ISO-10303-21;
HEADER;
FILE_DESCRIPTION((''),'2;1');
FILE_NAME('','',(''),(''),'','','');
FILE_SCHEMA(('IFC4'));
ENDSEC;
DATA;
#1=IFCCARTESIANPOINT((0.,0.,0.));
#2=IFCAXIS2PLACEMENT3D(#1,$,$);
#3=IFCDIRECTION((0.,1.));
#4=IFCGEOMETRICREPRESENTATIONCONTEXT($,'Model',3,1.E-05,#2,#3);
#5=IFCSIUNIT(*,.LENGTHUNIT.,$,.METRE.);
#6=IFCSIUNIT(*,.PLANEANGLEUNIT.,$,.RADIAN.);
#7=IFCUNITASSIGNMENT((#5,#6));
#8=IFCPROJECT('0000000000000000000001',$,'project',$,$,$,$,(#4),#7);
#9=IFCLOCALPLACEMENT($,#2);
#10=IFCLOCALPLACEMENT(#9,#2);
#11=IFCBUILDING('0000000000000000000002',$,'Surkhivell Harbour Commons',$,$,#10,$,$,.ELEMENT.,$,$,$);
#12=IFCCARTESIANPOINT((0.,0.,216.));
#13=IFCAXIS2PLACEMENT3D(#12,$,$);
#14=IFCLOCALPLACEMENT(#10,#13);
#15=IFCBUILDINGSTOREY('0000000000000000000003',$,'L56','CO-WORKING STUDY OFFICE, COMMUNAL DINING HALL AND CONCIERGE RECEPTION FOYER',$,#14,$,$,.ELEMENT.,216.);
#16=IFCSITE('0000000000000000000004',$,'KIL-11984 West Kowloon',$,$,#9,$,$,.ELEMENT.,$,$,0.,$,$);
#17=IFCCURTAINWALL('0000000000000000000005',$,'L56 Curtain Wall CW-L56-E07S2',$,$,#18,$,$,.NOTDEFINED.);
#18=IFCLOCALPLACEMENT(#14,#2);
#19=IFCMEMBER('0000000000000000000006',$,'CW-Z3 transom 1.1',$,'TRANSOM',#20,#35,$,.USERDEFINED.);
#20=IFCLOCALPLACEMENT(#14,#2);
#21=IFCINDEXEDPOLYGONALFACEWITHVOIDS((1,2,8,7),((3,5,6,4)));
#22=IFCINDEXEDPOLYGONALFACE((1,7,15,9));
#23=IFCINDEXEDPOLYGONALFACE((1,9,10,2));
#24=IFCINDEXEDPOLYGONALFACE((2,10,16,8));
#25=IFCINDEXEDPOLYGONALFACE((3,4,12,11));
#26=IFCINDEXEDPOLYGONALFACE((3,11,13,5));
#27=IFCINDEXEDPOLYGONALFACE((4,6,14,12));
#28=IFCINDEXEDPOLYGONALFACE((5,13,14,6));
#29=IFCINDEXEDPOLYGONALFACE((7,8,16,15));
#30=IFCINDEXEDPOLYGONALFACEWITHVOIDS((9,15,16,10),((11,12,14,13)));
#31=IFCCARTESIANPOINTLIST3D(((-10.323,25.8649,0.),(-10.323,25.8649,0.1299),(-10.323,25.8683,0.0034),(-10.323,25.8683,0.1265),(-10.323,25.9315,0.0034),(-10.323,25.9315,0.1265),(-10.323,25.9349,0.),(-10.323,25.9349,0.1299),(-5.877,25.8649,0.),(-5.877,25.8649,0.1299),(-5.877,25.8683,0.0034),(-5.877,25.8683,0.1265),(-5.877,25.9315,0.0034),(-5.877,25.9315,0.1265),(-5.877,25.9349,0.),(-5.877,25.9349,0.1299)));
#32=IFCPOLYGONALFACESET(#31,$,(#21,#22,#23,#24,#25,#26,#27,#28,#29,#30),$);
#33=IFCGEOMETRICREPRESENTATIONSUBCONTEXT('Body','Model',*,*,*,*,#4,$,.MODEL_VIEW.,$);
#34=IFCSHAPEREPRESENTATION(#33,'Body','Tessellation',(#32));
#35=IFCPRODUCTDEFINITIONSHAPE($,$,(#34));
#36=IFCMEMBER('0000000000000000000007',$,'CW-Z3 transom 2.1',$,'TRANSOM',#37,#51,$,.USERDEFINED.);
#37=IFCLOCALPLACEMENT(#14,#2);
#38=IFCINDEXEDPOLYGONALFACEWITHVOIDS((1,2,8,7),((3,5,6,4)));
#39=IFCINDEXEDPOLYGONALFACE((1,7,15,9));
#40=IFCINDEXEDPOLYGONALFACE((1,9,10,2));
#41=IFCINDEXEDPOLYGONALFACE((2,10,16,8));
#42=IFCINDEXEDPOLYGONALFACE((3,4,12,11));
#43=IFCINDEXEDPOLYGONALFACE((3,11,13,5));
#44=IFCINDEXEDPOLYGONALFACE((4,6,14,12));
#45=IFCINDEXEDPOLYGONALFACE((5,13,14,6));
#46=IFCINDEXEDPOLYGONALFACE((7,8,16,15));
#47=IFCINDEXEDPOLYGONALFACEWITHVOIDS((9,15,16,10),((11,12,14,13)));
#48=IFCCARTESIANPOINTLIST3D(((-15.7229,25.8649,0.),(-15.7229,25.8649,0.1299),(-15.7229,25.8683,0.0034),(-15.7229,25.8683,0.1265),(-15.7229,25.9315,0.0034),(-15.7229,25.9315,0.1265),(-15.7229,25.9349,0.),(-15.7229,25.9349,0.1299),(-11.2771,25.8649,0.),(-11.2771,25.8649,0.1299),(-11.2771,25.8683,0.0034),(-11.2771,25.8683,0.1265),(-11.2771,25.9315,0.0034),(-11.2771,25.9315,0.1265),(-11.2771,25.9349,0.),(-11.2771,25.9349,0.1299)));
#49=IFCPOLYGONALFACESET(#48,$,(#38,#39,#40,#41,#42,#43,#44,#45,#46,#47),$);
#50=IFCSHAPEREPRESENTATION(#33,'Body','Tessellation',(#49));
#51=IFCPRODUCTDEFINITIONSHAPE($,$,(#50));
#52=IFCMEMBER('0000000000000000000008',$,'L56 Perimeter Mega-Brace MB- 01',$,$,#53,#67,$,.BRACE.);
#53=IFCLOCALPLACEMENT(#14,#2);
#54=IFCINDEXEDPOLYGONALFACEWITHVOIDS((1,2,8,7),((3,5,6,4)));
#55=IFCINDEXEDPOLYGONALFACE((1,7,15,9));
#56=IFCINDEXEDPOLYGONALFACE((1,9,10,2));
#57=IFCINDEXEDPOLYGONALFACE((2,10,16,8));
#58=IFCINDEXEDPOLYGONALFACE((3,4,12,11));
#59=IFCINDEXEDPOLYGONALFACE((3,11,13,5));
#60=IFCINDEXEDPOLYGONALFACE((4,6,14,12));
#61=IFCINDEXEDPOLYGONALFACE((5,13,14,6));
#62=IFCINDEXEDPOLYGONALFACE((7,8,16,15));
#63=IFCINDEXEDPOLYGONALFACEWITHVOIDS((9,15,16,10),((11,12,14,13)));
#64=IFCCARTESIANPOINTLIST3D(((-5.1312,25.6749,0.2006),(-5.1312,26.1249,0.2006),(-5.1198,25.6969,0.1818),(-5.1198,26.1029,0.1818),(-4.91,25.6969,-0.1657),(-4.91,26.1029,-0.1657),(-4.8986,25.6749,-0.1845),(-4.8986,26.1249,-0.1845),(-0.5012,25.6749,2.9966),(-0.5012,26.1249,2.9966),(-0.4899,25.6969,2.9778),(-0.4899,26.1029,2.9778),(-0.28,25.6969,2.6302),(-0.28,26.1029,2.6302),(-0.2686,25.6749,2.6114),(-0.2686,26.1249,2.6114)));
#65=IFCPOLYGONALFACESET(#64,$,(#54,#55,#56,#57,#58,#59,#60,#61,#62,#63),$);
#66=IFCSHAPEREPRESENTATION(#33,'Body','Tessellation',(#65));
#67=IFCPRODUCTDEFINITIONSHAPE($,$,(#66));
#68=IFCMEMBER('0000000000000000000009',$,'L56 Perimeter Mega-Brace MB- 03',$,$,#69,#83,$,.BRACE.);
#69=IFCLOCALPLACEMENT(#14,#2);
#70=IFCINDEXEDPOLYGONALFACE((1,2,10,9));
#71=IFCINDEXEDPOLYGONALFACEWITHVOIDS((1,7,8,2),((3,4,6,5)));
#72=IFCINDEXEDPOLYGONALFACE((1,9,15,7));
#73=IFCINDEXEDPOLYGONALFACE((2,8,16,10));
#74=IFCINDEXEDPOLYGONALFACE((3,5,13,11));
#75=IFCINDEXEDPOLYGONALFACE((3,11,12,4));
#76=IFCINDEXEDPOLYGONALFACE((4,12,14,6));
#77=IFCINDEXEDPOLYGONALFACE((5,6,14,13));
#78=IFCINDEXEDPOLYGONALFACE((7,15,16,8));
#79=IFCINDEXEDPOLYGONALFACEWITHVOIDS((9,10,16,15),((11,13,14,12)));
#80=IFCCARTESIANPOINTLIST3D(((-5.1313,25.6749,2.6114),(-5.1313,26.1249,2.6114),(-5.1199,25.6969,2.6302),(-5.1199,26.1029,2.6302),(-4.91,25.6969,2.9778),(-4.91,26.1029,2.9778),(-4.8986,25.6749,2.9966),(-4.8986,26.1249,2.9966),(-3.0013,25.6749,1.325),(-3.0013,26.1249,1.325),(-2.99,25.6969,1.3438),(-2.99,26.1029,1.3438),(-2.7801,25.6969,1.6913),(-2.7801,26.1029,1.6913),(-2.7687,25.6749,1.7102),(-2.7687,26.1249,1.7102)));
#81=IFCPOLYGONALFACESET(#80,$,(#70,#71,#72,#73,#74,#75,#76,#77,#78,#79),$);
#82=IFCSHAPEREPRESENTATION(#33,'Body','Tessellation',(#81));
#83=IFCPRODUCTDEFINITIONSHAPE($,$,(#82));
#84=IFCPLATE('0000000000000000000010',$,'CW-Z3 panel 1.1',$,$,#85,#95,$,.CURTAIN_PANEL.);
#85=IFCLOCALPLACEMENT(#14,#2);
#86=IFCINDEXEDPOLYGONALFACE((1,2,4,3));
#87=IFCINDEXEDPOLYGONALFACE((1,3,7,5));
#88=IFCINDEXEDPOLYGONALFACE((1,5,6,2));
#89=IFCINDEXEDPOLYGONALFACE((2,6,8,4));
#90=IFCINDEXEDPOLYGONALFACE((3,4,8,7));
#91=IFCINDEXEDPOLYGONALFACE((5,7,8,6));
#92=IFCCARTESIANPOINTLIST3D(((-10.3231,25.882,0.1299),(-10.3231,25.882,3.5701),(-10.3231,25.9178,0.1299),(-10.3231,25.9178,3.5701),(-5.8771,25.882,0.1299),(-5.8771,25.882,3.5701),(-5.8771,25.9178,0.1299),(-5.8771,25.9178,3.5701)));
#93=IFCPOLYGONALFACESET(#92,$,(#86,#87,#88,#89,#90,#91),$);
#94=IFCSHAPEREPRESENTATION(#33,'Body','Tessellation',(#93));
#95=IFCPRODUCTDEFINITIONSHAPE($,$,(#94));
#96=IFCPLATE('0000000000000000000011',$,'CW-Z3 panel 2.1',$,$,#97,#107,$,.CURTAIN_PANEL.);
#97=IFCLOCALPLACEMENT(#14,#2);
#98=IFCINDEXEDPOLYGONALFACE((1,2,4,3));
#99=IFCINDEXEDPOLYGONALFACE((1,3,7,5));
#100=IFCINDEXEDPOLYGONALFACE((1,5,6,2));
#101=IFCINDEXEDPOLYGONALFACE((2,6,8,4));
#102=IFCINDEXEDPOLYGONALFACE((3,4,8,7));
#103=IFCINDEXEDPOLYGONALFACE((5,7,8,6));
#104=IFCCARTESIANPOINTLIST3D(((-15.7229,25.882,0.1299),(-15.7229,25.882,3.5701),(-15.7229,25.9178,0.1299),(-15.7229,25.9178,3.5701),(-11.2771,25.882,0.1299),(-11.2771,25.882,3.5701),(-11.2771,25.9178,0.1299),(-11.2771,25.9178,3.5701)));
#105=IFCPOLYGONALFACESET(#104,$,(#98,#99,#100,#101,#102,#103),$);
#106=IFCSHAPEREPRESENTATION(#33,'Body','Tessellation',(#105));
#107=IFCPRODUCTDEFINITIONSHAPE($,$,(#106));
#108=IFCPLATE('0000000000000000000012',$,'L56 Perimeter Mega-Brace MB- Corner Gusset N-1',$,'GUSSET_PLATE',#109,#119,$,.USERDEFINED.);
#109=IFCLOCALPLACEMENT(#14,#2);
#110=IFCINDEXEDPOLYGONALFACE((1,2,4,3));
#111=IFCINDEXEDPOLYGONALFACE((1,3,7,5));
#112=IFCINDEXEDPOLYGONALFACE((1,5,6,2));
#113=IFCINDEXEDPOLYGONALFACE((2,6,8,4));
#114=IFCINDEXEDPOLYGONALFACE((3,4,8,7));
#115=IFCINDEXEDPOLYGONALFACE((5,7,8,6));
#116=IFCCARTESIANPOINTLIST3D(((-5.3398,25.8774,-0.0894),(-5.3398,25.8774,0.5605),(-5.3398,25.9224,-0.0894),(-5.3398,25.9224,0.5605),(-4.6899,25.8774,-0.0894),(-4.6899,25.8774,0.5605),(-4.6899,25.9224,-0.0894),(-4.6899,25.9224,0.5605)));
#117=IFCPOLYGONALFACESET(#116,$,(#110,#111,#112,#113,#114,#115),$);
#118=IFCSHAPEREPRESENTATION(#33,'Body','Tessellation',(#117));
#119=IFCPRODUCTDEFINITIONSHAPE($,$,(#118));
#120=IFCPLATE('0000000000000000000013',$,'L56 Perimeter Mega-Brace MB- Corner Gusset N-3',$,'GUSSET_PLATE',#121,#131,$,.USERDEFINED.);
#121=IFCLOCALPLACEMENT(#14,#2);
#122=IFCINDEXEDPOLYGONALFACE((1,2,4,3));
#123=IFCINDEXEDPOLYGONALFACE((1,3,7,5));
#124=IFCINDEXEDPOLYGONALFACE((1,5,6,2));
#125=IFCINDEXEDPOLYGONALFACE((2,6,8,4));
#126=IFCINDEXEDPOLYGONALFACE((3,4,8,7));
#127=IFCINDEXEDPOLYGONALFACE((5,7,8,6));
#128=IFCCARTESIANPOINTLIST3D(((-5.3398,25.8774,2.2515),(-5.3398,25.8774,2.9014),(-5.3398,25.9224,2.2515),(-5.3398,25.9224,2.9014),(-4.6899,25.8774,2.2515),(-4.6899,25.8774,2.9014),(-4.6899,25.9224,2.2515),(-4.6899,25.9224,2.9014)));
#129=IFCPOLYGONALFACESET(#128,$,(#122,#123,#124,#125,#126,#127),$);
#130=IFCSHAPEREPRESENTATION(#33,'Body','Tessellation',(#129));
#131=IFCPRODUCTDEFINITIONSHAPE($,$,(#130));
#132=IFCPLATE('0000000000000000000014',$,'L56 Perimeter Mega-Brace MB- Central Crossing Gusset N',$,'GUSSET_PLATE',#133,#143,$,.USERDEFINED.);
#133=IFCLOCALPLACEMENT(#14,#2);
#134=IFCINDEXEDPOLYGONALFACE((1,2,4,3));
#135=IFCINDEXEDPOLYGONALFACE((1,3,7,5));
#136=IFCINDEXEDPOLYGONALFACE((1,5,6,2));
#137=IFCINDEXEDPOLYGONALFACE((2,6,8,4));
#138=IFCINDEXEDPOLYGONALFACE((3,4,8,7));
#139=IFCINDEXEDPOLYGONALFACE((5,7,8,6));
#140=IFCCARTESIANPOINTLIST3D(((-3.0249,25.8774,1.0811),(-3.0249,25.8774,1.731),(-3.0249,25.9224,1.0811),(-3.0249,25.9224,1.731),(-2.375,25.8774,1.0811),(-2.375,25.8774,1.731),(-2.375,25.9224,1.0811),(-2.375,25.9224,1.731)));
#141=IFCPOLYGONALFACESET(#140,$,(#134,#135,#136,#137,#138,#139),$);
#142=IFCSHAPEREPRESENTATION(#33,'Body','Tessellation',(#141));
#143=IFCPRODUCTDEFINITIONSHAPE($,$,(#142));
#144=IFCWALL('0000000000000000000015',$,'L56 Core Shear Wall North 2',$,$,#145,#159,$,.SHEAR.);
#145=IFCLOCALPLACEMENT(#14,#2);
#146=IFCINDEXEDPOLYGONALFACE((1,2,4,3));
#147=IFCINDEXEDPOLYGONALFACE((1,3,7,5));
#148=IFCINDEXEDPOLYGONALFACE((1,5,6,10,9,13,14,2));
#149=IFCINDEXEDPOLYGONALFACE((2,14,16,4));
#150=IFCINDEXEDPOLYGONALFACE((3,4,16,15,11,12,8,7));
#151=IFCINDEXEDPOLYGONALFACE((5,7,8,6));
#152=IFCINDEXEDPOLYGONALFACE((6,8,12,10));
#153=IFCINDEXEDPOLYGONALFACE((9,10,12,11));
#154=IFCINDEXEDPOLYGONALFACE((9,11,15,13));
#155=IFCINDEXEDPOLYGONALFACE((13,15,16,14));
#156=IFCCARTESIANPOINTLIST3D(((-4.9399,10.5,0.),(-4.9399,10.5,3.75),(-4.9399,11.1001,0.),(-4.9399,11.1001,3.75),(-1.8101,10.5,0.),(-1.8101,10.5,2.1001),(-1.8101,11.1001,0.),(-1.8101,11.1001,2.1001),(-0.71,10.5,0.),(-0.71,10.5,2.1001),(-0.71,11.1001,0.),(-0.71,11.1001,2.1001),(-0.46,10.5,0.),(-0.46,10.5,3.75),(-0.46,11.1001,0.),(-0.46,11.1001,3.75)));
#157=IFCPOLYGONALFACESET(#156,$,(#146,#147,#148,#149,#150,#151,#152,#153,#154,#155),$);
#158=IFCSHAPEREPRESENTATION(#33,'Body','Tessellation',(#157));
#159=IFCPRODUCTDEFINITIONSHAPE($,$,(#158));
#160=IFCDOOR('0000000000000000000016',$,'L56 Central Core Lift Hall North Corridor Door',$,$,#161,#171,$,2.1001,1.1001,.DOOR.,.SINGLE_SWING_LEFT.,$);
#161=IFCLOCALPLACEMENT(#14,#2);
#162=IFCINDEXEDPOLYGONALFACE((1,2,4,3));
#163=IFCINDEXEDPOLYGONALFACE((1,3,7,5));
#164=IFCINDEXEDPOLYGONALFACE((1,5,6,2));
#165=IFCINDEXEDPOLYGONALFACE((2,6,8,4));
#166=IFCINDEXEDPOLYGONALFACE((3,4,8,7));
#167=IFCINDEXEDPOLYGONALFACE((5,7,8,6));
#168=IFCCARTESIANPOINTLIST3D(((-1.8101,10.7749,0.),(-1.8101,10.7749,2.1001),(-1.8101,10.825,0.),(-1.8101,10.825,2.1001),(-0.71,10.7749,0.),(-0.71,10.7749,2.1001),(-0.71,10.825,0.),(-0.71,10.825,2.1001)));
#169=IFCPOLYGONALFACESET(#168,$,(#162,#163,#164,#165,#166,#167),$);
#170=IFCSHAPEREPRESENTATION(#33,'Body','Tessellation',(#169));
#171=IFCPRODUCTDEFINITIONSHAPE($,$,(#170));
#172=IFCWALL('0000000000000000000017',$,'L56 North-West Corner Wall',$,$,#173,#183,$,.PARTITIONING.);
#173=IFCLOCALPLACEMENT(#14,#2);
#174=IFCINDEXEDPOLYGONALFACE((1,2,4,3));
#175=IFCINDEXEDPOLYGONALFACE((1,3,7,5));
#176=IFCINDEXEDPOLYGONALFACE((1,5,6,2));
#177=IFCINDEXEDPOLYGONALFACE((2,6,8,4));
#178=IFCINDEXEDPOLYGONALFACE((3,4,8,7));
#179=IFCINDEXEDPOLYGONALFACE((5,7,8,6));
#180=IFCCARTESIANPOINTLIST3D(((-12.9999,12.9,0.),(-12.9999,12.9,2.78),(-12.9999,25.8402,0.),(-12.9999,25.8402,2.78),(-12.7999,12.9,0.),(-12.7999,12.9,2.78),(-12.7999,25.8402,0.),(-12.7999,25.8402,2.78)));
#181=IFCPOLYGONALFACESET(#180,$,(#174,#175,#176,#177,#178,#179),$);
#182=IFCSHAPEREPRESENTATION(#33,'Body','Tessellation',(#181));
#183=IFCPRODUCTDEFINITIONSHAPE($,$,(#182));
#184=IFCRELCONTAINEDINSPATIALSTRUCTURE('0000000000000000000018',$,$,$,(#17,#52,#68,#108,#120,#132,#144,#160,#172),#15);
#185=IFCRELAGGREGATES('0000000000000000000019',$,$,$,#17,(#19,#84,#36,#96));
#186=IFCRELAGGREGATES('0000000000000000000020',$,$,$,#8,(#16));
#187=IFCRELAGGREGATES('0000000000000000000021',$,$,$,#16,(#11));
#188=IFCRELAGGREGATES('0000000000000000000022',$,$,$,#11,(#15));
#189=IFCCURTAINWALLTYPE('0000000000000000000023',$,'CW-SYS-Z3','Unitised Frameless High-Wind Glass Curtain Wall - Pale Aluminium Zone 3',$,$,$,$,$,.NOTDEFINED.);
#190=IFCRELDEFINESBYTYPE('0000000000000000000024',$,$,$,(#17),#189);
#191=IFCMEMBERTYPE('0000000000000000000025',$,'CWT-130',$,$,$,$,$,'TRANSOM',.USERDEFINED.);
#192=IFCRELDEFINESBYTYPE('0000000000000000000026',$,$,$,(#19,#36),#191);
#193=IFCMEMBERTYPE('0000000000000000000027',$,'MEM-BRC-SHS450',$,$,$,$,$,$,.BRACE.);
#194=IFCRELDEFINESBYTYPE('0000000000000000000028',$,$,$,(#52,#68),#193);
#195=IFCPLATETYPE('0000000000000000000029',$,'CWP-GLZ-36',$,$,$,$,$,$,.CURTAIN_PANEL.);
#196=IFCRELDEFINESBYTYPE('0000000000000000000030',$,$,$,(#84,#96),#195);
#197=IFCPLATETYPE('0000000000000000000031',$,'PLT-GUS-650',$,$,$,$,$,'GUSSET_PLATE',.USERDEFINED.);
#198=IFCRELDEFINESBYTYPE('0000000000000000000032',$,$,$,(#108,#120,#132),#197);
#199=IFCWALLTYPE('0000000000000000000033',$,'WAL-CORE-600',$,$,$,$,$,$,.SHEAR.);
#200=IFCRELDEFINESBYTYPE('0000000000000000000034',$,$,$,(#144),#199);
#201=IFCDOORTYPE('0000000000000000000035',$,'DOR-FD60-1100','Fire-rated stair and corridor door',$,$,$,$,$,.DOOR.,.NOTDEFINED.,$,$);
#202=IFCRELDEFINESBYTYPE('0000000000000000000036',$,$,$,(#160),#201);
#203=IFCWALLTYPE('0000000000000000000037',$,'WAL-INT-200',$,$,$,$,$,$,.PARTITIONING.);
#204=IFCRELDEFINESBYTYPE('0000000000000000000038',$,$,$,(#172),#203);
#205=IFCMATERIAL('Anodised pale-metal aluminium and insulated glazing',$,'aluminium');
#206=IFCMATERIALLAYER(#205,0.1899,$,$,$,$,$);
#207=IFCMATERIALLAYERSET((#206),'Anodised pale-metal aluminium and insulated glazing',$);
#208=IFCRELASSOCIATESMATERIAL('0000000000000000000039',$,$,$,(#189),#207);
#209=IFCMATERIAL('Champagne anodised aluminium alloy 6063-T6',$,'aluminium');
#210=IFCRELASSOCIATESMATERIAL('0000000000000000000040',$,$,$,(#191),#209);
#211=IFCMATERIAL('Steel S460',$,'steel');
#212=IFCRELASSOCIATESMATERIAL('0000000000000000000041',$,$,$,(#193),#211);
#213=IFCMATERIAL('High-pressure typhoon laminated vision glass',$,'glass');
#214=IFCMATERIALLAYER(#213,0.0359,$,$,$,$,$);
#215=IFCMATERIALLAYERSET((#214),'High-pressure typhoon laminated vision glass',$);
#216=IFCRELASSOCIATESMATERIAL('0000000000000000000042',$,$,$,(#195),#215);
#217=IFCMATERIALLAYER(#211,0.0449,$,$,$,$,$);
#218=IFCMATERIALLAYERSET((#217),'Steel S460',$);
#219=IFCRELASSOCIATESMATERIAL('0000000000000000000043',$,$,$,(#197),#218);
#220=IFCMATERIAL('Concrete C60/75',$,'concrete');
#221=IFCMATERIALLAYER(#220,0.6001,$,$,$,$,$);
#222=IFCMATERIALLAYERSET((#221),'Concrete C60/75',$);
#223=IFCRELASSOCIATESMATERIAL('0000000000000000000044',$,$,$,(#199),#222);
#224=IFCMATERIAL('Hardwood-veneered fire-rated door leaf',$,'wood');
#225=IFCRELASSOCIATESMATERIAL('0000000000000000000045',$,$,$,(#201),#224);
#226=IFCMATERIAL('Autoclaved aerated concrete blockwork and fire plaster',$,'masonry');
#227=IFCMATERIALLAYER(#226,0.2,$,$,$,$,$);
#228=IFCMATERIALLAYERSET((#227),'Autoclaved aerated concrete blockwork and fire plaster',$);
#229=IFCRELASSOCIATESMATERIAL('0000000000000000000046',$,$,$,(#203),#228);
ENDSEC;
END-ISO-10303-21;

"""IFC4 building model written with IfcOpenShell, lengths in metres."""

from ifc_helpers import new_model, si_unit, direction, frame, frame_2d, origin, origin_2d, place, context, subcontext, project, spatial, rectangle, hollow_rectangle, extrude, material, layer, layer_set, material_profile, profile_set, type_object, element, fill, aggregate, save


model = new_model("IFC4")

# Units and contexts
model_context = context("Model", 3, precision=1e-05, world=origin(), true_north=direction((0.0, 1.0)))
body_context = subcontext(model_context, "Body", "Model", "MODEL_VIEW")
ifc_project = project(units=[si_unit("LENGTHUNIT", "METRE"), si_unit("PLANEANGLEUNIT", "RADIAN")], contexts=[model_context])

# Site, building, storey
site_placement = place(None, origin())
site = spatial("IfcSite", under=ifc_project, at=site_placement, Name="KIL-11984 West Kowloon", CompositionType="ELEMENT", RefElevation=0.0)
building_placement = place(site_placement, origin())
building = spatial("IfcBuilding", under=site, at=building_placement, Name="Surkhivell Harbour Commons", CompositionType="ELEMENT")
storey_placement = place(building_placement, frame((0.0, 0.0, 216.0)))
storey = spatial("IfcBuildingStorey", under=building, at=storey_placement, Name="L56", Description="CO-WORKING STUDY OFFICE, COMMUNAL DINING HALL AND CONCIERGE RECEPTION FOYER", CompositionType="ELEMENT", Elevation=216.0)

# Curtain wall, members
ifc_material_1 = material(Name="Anodised pale-metal aluminium and insulated glazing", Category="aluminium")
ifc_layer_1 = layer(ifc_material_1, 0.1899)
ifc_layer_set_1 = layer_set([ifc_layer_1], Name="Anodised pale-metal aluminium and insulated glazing")
curtain_wall_type = type_object("IfcCurtainWallType", Name="CW-SYS-Z3", Description="Unitised Frameless High-Wind Glass Curtain Wall - Pale Aluminium Zone 3", PredefinedType="NOTDEFINED", material=ifc_layer_set_1)
curtain_wall_placement = place(storey_placement, origin())
curtain_wall = element("IfcCurtainWall", 1, at=curtain_wall_placement, inside=storey, type_object=curtain_wall_type, Name="L56 Curtain Wall CW-L56-E07S2", PredefinedType="NOTDEFINED")
ifc_material_2 = material(Name="Champagne anodised aluminium alloy 6063-T6", Category="aluminium")
ifc_material_profile_1 = material_profile(ifc_material_2, hollow_rectangle(XDim=0.0701, YDim=0.1299, WallThickness=0.0034, at=origin_2d()), Name="ALU-TRAN-70x130")
ifc_profile_set_1 = profile_set([ifc_material_profile_1], Name="Champagne anodised aluminium alloy 6063-T6")
member_type_1 = type_object("IfcMemberType", Name="CWT-130", ElementType="TRANSOM", PredefinedType="USERDEFINED", material=ifc_profile_set_1)
member_1_placement = place(storey_placement, frame((-5.877, 25.8999, 0.0649), z_axis=(-1.0, 0.0, 0.0), x_axis=(0.0, -1.0, 0.0)))
member_1 = element("IfcMember", 2, at=member_1_placement, type_object=member_type_1, Name="CW-Z3 transom 1.1", ObjectType="TRANSOM", PredefinedType="USERDEFINED", context=body_context, shape_type="SweptSolid", body=[
    extrude(hollow_rectangle(XDim=0.0701, YDim=0.1299, WallThickness=0.0034, at=origin_2d()), origin(), (0.0, 0.0, 1.0), 4.446),
])
member_2_placement = place(storey_placement, frame((-11.2771, 25.8999, 0.0649), z_axis=(-1.0, 0.0, 0.0), x_axis=(0.0, -1.0, 0.0)))
member_2 = element("IfcMember", 3, at=member_2_placement, type_object=member_type_1, Name="CW-Z3 transom 2.1", ObjectType="TRANSOM", PredefinedType="USERDEFINED", context=body_context, shape_type="SweptSolid", body=[
    extrude(hollow_rectangle(XDim=0.0701, YDim=0.1299, WallThickness=0.0034, at=origin_2d()), origin(), (0.0, 0.0, 1.0), 4.4458),
])

# Members
ifc_material_3 = material(Name="Steel S460", Category="steel")
ifc_material_profile_2 = material_profile(ifc_material_3, hollow_rectangle(XDim=0.45, YDim=0.45, WallThickness=0.022, at=origin_2d()), Name="SHS450x450x22")
ifc_profile_set_2 = profile_set([ifc_material_profile_2], Name="Steel S460")
member_type_2 = type_object("IfcMemberType", Name="MEM-BRC-SHS450", PredefinedType="BRACE", material=ifc_profile_set_2)
member_3_placement = place(storey_placement, frame((-5.0149, 25.8999, 0.0081), z_axis=(0.856024, 0.0, 0.516937), x_axis=(0.0, 1.0, 0.0)))
element("IfcMember", 4, at=member_3_placement, inside=storey, type_object=member_type_2, Name="L56 Perimeter Mega-Brace MB- 01", PredefinedType="BRACE", context=body_context, shape_type="SweptSolid", body=[
    extrude(hollow_rectangle(XDim=0.45, YDim=0.45, WallThickness=0.022, at=origin_2d()), origin(), (0.0, 0.0, 1.0), 5.4087),
])
member_4_placement = place(storey_placement, frame((-2.885, 25.8999, 1.5176), z_axis=(-0.855992, 0.0, 0.51699), x_axis=(0.0, -1.0, 0.0)))
element("IfcMember", 5, at=member_4_placement, inside=storey, type_object=member_type_2, Name="L56 Perimeter Mega-Brace MB- 03", PredefinedType="BRACE", context=body_context, shape_type="SweptSolid", body=[
    extrude(hollow_rectangle(XDim=0.45, YDim=0.45, WallThickness=0.022, at=origin_2d()), origin(), (0.0, 0.0, 1.0), 2.4883),
])

# Plates
ifc_material_4 = material(Name="High-pressure typhoon laminated vision glass", Category="glass")
ifc_layer_2 = layer(ifc_material_4, 0.0359)
ifc_layer_set_2 = layer_set([ifc_layer_2], Name="High-pressure typhoon laminated vision glass")
plate_type_1 = type_object("IfcPlateType", Name="CWP-GLZ-36", PredefinedType="CURTAIN_PANEL", material=ifc_layer_set_2)
plate_1_placement = place(storey_placement, frame((-5.877, 25.8999, 0.1299), z_axis=(0.0, 0.0, 1.0), x_axis=(-1.0, 0.0, 0.0)))
plate_1 = element("IfcPlate", 6, at=plate_1_placement, type_object=plate_type_1, Name="CW-Z3 panel 1.1", PredefinedType="CURTAIN_PANEL", context=body_context, shape_type="SweptSolid", body=[
    extrude(rectangle(XDim=4.446, YDim=0.0359, at=frame_2d((2.2231, 0.0))), origin(), (0.0, 0.0, 1.0), 3.4402),
])
plate_2_placement = place(storey_placement, frame((-11.2771, 25.8999, 0.1299), z_axis=(0.0, 0.0, 1.0), x_axis=(-1.0, 0.0, 0.0)))
plate_2 = element("IfcPlate", 7, at=plate_2_placement, type_object=plate_type_1, Name="CW-Z3 panel 2.1", PredefinedType="CURTAIN_PANEL", context=body_context, shape_type="SweptSolid", body=[
    extrude(rectangle(XDim=4.4458, YDim=0.0359, at=frame_2d((2.2229, 0.0))), origin(), (0.0, 0.0, 1.0), 3.4402),
])
aggregate(curtain_wall, [member_1, plate_1, member_2, plate_2])

# Plates
ifc_layer_3 = layer(ifc_material_3, 0.0449)
ifc_layer_set_3 = layer_set([ifc_layer_3], Name="Steel S460")
plate_type_2 = type_object("IfcPlateType", Name="PLT-GUS-650", ElementType="GUSSET_PLATE", PredefinedType="USERDEFINED", material=ifc_layer_set_3)
for number, where, z_axis, x_axis, name in (
    (8, (-5.0149, 25.8999, -0.0894), (0.0, 0.0, 1.0), (1.0, 0.0, 0.0), "L56 Perimeter Mega-Brace MB- Corner Gusset N-1"),
    (9, (-5.0149, 25.8999, 2.2515), (0.0, 0.0, 1.0), (1.0, 0.0, 0.0), "L56 Perimeter Mega-Brace MB- Corner Gusset N-3"),
    (10, (-2.7, 25.8999, 1.0811), (0.0, 0.0, 1.0), (1.0, 0.0, 0.0), "L56 Perimeter Mega-Brace MB- Central Crossing Gusset N"),
):
    element("IfcPlate", number, at=place(storey_placement, frame(where, z_axis=z_axis, x_axis=x_axis)), inside=storey, type_object=plate_type_2, Name=name, ObjectType="GUSSET_PLATE", PredefinedType="USERDEFINED", context=body_context, shape_type="SweptSolid", body=[
        extrude(rectangle(XDim=0.6499, YDim=0.0449, at=origin_2d()), origin(), (0.0, 0.0, 1.0), 0.6499),
    ])

# Wall, opening, door
ifc_material_5 = material(Name="Concrete C60/75", Category="concrete")
ifc_layer_4 = layer(ifc_material_5, 0.6001)
ifc_layer_set_4 = layer_set([ifc_layer_4], Name="Concrete C60/75")
wall_type_1 = type_object("IfcWallType", Name="WAL-CORE-600", PredefinedType="SHEAR", material=ifc_layer_set_4)
wall_1_placement = place(storey_placement, frame((-4.9399, 10.8, 0.0), z_axis=(0.0, 0.0, 1.0), x_axis=(1.0, 0.0, 0.0)))
wall_1 = element("IfcWall", 11, at=wall_1_placement, inside=storey, type_object=wall_type_1, Name="L56 Core Shear Wall North 2", PredefinedType="SHEAR", context=body_context, shape_type="SweptSolid", body=[
    extrude(rectangle(XDim=4.48, YDim=0.6001, at=frame_2d((2.24, 0.0))), origin(), (0.0, 0.0, 1.0), 3.75),
])
opening_1_placement = place(wall_1_placement, frame((3.1299, 0.0, 0.0)))
opening_1 = element("IfcOpeningElement", 12, at=opening_1_placement, cuts=wall_1, PredefinedType="OPENING", context=body_context, shape_type="SweptSolid", body=[
    extrude(rectangle(XDim=1.1001, YDim=2.1001, at=frame_2d((0.55, 1.05))), frame((0.0, 0.3101, 0.0), z_axis=(0.0, -1.0, 0.0), x_axis=(1.0, 0.0, 0.0)), (0.0, 0.0, 1.0), 0.6201),
])
ifc_material_6 = material(Name="Hardwood-veneered fire-rated door leaf", Category="wood")
door_type_1 = type_object("IfcDoorType", Name="DOR-FD60-1100", Description="Fire-rated stair and corridor door", OperationType="NOTDEFINED", PredefinedType="DOOR", material=ifc_material_6)
door_1_placement = place(opening_1_placement, origin())
door_1 = element("IfcDoor", 13, at=door_1_placement, inside=storey, type_object=door_type_1, Name="L56 Central Core Lift Hall North Corridor Door", OperationType="SINGLE_SWING_LEFT", OverallHeight=2.1001, OverallWidth=1.1001, PredefinedType="DOOR", context=body_context, shape_type="SweptSolid", body=[
    extrude(rectangle(XDim=1.1001, YDim=2.1001, at=frame_2d((0.55, 1.05))), frame((0.0, 0.0249, 0.0), z_axis=(0.0, -1.0, 0.0), x_axis=(1.0, 0.0, 0.0)), (0.0, 0.0, 1.0), 0.05),
])
fill(opening_1, door_1)

# Wall
ifc_material_7 = material(Name="Autoclaved aerated concrete blockwork and fire plaster", Category="masonry")
ifc_layer_5 = layer(ifc_material_7, 0.2)
ifc_layer_set_5 = layer_set([ifc_layer_5], Name="Autoclaved aerated concrete blockwork and fire plaster")
wall_type_2 = type_object("IfcWallType", Name="WAL-INT-200", PredefinedType="PARTITIONING", material=ifc_layer_set_5)
wall_2_placement = place(storey_placement, frame((-12.8999, 12.8999, 0.0), z_axis=(0.0, 0.0, 1.0), x_axis=(0.0, 1.0, 0.0)))
element("IfcWall", 14, at=wall_2_placement, inside=storey, type_object=wall_type_2, Name="L56 North-West Corner Wall", PredefinedType="PARTITIONING", context=body_context, shape_type="SweptSolid", body=[
    extrude(rectangle(XDim=12.9402, YDim=0.2, at=frame_2d((6.4702, 0.0))), origin(), (0.0, 0.0, 1.0), 2.78),
])

save(model, "model.ifc")
